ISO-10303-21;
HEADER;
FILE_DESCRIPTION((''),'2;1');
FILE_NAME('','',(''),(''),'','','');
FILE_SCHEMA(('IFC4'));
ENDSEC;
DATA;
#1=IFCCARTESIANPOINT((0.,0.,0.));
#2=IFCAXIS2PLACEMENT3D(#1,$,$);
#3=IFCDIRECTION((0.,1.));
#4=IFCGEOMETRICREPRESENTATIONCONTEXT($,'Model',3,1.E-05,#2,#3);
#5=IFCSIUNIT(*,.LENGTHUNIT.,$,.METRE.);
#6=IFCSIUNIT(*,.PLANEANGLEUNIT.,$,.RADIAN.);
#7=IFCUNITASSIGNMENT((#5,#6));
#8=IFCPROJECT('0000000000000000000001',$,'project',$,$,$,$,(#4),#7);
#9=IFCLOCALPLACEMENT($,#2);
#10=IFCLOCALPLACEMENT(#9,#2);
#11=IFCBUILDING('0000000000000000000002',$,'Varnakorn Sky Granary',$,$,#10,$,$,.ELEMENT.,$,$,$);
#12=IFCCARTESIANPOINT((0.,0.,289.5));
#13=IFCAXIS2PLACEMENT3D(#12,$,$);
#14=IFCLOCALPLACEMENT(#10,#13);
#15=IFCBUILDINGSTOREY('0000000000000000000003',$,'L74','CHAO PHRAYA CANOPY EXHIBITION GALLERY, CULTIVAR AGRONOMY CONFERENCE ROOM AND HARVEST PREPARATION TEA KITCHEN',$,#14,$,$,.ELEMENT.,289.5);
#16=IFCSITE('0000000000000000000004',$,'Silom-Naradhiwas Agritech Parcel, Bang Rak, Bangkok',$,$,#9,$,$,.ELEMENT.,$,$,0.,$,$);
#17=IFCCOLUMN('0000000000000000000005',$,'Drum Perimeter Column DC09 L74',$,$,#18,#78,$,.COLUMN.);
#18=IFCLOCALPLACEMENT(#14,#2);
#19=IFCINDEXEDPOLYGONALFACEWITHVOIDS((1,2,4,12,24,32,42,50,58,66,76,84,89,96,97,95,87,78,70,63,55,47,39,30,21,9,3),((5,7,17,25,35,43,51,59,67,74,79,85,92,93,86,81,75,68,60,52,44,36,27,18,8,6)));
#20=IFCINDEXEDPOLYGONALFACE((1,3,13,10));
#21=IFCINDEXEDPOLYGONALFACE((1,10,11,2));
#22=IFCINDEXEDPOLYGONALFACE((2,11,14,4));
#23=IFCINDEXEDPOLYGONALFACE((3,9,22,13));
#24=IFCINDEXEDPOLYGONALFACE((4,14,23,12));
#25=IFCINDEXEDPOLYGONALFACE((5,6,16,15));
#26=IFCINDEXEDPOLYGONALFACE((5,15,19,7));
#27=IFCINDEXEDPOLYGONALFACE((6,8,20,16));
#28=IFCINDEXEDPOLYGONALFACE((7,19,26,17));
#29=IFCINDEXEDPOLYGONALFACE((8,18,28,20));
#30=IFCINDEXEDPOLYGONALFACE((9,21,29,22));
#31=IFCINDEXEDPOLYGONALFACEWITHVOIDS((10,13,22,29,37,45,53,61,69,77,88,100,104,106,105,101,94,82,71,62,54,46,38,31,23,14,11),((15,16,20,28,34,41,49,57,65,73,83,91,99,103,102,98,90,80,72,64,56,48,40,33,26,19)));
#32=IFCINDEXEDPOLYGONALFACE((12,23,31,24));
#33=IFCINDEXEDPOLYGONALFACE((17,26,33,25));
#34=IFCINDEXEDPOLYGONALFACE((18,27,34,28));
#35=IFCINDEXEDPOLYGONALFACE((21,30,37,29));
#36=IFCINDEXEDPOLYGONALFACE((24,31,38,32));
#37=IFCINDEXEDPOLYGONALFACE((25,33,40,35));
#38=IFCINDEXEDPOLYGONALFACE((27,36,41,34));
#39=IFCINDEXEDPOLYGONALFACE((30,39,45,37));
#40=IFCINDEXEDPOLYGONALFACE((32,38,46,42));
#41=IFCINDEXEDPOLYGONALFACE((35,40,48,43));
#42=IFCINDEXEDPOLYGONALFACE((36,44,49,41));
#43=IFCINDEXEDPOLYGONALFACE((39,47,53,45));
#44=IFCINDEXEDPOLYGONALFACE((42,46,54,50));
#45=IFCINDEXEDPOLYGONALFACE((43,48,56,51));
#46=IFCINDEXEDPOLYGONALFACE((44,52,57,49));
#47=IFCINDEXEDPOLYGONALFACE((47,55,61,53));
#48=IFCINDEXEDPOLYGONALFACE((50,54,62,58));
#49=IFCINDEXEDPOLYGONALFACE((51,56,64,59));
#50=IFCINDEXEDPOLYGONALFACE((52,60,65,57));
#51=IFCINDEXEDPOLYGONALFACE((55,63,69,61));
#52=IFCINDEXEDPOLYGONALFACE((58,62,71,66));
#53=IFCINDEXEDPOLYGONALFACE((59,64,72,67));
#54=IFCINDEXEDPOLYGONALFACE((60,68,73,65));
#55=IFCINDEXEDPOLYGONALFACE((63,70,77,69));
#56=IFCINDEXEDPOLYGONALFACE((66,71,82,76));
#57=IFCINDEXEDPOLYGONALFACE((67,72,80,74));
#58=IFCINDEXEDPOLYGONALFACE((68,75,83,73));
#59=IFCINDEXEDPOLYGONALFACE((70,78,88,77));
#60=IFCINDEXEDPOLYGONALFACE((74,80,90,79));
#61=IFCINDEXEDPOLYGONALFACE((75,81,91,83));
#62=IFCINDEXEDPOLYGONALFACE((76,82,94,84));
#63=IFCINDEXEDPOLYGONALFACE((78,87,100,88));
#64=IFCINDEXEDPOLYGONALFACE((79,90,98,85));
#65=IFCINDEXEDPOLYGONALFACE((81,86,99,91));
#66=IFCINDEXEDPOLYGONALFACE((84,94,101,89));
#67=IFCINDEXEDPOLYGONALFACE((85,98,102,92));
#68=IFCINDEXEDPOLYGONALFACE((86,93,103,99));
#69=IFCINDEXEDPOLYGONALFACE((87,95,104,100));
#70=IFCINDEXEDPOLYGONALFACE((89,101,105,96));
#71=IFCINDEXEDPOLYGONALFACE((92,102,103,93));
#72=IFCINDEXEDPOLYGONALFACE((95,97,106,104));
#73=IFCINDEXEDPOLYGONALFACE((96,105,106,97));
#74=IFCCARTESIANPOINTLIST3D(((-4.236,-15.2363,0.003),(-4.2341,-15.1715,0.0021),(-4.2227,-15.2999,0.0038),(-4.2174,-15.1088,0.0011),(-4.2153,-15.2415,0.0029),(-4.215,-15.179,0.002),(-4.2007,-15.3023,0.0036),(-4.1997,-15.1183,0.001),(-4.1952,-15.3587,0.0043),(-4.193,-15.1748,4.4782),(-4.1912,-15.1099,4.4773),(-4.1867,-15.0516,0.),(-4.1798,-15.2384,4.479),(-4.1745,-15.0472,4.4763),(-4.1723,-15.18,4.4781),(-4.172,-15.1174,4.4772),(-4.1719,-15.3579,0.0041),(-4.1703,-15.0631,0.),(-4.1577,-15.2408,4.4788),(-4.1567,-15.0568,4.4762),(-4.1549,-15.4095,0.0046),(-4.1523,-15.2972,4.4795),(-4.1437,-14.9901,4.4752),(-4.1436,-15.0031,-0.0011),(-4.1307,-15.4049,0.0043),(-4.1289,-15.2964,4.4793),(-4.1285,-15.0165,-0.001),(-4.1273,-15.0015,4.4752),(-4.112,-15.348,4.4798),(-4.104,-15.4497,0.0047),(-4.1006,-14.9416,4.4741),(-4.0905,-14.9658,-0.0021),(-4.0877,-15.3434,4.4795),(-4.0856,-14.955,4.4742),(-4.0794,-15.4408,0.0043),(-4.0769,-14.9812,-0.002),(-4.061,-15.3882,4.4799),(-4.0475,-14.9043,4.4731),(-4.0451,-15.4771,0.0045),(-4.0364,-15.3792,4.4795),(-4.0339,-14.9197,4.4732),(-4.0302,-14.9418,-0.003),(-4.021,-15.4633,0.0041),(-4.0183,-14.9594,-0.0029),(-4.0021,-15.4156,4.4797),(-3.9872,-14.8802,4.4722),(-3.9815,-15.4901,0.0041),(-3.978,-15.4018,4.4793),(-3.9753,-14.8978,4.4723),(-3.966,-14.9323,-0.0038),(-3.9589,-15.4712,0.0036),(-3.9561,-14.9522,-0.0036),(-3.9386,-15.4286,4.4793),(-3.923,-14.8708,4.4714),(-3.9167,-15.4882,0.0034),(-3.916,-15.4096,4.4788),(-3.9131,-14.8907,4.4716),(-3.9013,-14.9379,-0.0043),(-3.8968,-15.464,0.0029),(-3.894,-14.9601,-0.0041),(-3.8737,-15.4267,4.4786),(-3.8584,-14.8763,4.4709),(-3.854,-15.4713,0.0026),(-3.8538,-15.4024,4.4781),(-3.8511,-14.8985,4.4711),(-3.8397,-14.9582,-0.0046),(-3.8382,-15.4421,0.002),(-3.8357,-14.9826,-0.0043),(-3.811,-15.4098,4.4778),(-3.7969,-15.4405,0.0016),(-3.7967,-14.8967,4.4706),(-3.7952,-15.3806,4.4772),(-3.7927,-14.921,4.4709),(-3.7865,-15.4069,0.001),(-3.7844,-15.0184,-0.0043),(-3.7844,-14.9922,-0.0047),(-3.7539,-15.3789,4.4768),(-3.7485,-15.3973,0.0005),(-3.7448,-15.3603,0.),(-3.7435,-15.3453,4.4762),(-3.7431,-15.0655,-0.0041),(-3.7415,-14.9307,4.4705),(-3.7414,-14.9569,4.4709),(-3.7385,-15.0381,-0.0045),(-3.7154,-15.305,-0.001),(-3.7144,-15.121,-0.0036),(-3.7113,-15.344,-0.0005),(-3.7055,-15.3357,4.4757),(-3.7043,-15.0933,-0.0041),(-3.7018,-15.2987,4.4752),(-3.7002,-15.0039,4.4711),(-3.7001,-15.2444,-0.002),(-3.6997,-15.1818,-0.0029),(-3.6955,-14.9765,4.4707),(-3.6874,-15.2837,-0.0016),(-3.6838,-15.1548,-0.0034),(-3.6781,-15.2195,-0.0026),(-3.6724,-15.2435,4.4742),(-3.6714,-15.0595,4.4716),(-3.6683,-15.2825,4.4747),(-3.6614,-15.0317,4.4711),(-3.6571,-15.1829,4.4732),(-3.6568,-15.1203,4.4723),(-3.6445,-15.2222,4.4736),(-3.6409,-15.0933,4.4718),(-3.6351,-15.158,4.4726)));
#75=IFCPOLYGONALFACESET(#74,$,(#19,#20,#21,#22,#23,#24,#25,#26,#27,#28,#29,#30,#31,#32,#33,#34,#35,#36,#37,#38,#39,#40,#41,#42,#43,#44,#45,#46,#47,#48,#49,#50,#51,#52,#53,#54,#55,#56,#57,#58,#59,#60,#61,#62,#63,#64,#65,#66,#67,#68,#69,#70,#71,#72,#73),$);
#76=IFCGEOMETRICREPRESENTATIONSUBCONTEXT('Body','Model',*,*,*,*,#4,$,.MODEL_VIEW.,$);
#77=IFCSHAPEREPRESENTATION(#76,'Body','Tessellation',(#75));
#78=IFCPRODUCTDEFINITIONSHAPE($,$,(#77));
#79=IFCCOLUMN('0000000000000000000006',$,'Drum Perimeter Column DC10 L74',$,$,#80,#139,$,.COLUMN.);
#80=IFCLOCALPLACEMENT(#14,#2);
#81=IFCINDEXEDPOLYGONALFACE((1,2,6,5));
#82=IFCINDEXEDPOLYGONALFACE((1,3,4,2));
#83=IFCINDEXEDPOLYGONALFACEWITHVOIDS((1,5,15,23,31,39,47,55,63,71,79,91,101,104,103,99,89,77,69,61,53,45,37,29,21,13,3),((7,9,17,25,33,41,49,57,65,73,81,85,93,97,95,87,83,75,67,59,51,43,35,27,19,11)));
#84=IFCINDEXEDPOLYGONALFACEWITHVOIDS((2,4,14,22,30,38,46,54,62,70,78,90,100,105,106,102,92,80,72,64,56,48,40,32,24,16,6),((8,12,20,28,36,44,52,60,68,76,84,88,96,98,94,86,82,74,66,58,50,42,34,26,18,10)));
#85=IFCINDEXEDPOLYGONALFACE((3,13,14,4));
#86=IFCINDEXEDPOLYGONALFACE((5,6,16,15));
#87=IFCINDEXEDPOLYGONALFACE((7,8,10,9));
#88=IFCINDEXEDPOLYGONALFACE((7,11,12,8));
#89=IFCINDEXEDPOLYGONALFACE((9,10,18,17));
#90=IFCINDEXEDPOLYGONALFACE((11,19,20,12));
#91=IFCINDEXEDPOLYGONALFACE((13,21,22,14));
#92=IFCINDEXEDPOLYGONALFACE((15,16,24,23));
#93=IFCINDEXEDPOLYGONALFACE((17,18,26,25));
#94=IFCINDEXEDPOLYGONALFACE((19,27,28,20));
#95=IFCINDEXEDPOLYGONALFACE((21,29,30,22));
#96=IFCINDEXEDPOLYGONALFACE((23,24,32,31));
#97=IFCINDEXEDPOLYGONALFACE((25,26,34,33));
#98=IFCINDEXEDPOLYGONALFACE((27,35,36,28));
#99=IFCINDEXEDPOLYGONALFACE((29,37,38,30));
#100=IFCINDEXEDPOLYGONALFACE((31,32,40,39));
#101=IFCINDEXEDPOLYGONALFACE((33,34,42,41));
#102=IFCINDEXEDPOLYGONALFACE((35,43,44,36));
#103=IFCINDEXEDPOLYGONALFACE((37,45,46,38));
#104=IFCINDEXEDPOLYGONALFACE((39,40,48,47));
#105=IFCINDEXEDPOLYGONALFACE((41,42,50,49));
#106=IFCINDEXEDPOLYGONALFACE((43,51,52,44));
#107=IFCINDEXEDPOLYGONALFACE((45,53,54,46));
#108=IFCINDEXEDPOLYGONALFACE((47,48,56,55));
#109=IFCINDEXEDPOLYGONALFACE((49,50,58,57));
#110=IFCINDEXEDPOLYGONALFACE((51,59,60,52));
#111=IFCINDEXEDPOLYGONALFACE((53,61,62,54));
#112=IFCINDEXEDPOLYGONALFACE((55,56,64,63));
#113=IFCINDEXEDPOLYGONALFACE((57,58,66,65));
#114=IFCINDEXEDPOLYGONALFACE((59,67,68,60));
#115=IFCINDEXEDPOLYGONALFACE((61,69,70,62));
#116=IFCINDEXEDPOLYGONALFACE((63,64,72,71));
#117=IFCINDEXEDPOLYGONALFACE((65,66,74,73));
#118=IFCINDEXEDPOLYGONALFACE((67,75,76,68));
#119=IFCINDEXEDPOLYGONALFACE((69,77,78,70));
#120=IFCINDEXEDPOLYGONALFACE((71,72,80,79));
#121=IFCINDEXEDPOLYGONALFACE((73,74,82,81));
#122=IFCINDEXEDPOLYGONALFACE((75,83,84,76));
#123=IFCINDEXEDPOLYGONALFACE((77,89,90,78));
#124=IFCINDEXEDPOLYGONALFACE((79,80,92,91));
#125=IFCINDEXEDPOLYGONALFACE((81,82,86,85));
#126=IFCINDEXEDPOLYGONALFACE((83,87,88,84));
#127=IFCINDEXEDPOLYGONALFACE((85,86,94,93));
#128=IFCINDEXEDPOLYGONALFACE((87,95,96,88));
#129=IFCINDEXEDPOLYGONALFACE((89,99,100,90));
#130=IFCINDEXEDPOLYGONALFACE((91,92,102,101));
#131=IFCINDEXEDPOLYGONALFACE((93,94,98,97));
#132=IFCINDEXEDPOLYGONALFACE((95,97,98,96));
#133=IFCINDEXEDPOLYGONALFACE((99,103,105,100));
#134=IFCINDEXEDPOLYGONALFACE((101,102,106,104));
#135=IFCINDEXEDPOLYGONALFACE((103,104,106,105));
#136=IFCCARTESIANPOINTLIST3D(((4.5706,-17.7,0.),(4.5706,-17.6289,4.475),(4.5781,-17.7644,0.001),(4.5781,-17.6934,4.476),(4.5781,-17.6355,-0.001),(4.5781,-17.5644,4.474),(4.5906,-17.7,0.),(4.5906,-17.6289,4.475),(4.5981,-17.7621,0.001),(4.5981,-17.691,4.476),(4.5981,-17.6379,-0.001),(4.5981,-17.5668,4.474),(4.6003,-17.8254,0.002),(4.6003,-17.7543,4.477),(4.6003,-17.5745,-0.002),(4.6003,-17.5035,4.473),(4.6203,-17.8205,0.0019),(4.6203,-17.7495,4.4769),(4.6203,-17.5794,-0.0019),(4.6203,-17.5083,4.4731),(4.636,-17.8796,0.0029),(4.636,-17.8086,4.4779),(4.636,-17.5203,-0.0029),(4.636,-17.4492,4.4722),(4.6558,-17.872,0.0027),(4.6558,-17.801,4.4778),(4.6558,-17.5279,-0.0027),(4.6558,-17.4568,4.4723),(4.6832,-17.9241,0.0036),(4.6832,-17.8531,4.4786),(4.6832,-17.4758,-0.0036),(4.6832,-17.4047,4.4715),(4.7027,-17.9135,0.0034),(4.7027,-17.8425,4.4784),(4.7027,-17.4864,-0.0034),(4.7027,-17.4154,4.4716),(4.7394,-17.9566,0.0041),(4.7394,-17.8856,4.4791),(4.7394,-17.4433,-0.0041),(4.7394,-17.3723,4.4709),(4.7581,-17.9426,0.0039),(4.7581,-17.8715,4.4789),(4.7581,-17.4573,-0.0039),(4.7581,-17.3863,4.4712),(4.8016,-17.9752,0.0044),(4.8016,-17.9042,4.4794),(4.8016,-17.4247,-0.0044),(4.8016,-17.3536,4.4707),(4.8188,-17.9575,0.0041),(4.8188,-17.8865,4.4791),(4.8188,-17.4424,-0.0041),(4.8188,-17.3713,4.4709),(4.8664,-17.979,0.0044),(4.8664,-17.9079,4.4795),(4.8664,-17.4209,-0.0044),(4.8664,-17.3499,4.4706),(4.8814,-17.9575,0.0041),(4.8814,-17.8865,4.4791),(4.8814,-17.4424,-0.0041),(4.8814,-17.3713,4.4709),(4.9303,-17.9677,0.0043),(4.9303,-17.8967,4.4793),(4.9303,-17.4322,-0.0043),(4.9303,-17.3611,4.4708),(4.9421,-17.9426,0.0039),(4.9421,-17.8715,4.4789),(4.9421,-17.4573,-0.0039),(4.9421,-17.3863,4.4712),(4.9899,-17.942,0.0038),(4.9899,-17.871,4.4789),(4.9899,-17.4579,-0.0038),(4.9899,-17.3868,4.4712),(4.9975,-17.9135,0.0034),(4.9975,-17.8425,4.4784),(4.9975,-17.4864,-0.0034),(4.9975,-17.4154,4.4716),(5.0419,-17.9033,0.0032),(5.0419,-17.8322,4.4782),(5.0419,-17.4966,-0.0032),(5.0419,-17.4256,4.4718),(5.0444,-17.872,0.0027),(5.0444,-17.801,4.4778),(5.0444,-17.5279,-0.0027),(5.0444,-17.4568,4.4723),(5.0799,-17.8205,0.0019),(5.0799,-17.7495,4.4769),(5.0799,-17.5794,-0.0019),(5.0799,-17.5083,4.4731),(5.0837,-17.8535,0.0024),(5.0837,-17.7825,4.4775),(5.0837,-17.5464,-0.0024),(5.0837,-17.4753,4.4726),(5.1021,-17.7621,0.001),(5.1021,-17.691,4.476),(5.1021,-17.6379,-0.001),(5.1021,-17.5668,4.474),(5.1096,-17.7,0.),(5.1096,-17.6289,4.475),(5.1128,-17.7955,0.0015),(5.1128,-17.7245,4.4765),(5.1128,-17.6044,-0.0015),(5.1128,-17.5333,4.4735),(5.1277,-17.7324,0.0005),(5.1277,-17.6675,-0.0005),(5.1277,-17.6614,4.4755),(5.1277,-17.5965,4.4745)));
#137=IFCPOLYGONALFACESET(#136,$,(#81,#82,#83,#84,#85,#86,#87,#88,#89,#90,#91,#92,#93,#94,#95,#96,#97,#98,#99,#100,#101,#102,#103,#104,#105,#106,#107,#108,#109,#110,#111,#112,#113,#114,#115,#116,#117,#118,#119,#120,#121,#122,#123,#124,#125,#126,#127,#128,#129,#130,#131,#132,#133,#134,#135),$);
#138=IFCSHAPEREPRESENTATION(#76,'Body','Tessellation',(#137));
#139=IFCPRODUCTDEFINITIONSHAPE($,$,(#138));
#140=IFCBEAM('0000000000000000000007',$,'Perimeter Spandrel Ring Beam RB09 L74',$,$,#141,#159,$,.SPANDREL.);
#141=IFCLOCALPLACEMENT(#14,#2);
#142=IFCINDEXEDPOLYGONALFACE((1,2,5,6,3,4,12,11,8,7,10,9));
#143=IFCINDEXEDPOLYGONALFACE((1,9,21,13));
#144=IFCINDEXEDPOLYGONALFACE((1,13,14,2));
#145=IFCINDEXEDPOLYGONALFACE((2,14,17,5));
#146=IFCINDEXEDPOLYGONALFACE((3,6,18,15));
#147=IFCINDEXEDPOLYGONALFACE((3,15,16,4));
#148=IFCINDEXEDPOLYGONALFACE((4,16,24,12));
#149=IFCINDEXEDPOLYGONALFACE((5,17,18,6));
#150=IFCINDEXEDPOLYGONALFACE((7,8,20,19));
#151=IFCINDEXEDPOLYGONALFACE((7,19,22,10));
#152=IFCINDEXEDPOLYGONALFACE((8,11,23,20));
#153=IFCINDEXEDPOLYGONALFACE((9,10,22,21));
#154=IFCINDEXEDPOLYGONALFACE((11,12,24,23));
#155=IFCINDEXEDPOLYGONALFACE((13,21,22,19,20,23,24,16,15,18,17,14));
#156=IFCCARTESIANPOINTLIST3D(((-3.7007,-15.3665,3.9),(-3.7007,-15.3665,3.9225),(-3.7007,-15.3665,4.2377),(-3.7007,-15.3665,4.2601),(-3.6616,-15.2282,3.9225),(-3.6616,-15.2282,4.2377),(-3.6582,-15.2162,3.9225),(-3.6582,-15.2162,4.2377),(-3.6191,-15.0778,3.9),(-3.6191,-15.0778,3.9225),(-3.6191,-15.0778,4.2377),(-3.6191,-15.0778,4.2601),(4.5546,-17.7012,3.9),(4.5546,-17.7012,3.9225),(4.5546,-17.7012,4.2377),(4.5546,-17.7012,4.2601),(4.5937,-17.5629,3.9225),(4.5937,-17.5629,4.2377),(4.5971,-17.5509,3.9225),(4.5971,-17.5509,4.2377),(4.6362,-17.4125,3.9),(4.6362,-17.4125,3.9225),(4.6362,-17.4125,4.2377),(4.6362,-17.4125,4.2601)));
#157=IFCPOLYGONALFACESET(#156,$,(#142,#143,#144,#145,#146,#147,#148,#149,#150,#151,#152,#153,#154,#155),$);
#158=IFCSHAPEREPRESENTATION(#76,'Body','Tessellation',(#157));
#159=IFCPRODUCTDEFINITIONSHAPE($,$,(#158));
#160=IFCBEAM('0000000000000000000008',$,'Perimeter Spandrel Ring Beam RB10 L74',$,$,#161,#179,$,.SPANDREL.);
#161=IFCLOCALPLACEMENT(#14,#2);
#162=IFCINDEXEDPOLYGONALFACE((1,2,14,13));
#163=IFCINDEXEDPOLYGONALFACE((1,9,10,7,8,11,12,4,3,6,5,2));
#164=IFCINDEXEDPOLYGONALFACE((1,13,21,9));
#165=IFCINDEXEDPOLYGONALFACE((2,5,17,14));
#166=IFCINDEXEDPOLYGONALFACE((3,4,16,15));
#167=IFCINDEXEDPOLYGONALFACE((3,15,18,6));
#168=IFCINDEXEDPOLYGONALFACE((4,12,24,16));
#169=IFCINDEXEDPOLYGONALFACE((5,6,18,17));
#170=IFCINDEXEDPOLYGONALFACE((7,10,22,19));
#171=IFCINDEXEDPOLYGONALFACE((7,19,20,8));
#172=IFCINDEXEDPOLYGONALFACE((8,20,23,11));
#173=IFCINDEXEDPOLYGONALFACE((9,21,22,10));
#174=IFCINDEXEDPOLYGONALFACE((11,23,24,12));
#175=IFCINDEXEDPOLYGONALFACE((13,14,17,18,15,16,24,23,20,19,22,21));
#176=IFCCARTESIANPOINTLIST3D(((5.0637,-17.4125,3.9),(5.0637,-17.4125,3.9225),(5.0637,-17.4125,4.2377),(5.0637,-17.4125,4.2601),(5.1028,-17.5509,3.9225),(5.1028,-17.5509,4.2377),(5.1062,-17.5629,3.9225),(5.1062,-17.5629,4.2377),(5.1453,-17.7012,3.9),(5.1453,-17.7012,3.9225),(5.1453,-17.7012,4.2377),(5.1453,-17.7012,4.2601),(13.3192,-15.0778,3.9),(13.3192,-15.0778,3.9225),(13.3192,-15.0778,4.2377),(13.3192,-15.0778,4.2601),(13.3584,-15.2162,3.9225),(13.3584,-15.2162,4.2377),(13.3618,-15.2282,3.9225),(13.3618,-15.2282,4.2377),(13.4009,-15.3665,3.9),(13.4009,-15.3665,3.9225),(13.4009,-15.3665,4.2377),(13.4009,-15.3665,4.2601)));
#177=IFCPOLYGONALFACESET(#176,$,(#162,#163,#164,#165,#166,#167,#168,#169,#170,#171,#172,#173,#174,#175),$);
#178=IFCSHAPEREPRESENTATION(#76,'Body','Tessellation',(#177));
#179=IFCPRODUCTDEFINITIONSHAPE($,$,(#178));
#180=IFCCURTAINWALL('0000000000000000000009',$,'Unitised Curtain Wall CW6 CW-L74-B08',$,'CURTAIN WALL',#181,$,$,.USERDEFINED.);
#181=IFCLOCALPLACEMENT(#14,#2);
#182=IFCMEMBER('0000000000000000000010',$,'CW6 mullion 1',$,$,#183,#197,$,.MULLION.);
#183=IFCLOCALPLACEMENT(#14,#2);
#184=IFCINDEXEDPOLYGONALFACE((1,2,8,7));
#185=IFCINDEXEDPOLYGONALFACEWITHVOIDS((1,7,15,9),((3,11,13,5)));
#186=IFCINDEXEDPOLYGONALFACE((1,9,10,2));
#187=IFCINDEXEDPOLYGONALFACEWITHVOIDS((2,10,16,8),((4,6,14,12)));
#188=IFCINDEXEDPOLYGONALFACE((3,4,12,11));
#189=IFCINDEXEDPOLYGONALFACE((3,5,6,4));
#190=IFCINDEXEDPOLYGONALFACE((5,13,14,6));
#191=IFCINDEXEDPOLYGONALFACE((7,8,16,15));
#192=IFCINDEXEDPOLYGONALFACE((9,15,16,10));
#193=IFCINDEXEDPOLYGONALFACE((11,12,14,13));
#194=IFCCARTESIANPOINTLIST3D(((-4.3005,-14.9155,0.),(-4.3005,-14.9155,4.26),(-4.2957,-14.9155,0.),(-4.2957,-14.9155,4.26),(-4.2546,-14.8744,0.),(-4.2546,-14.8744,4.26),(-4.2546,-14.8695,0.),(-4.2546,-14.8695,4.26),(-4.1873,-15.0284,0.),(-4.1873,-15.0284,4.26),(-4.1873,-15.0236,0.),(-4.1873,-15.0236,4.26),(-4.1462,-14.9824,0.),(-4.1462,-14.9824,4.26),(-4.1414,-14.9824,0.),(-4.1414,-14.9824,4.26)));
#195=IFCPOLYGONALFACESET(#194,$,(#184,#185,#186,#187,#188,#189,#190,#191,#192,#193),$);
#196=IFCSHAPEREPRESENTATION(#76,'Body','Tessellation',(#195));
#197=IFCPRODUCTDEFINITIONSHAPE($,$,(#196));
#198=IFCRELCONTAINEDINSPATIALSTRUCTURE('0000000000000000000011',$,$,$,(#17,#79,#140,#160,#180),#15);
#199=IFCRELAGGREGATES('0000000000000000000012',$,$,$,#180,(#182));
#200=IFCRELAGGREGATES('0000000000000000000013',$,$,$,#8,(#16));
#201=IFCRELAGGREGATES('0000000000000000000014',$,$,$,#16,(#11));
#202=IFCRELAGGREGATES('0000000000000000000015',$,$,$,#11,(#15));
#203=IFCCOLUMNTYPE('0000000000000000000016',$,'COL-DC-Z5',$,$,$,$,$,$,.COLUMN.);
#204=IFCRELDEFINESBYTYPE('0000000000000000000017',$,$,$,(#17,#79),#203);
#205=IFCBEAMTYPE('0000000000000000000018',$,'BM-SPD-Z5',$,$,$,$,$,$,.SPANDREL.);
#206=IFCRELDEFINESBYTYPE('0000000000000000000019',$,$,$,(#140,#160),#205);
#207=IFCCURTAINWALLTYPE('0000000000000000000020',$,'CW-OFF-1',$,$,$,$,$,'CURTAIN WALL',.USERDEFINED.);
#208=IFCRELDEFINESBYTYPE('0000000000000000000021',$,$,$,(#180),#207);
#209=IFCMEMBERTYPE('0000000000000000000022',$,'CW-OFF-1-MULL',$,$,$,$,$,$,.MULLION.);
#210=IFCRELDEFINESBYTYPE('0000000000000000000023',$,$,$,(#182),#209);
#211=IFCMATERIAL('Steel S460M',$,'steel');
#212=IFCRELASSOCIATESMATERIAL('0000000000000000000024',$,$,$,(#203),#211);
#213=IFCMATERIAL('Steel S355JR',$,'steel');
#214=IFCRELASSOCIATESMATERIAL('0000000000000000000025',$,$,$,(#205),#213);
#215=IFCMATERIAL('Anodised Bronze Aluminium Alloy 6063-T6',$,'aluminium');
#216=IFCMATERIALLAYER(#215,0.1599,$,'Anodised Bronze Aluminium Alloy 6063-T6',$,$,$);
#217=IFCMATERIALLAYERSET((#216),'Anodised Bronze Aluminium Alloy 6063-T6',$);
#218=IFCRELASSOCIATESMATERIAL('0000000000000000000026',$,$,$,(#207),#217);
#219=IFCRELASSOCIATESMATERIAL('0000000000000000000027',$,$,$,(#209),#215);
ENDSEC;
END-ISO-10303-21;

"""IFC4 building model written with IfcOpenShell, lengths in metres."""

from ifc_helpers import new_model, si_unit, direction, frame, origin, origin_2d, place, context, subcontext, project, spatial, hollow_rectangle, hollow_circle, i_section, extrude, material, layer, layer_set, material_profile, profile_set, type_object, element, aggregate, save


model = new_model("IFC4")

# Units and contexts
model_context = context("Model", 3, precision=1e-05, world=origin(), true_north=direction((0.0, 1.0)))
body_context = subcontext(model_context, "Body", "Model", "MODEL_VIEW")
ifc_project = project(units=[si_unit("LENGTHUNIT", "METRE"), si_unit("PLANEANGLEUNIT", "RADIAN")], contexts=[model_context])

# Site, building, storey
site_placement = place(None, origin())
site = spatial("IfcSite", under=ifc_project, at=site_placement, Name="Silom-Naradhiwas Agritech Parcel, Bang Rak, Bangkok", CompositionType="ELEMENT", RefElevation=0.0)
building_placement = place(site_placement, origin())
building = spatial("IfcBuilding", under=site, at=building_placement, Name="Varnakorn Sky Granary", CompositionType="ELEMENT")
storey_placement = place(building_placement, frame((0.0, 0.0, 289.5)))
storey = spatial("IfcBuildingStorey", under=building, at=storey_placement, Name="L74", Description="CHAO PHRAYA CANOPY EXHIBITION GALLERY, CULTIVAR AGRONOMY CONFERENCE ROOM AND HARVEST PREPARATION TEA KITCHEN", CompositionType="ELEMENT", Elevation=289.5)

# Columns
ifc_material_1 = material(Name="Steel S460M", Category="steel")
ifc_material_profile_1 = material_profile(ifc_material_1, hollow_circle(Radius=0.2795, WallThickness=0.02, at=origin_2d()), Name="CHS 559x20")
ifc_profile_set_1 = profile_set([ifc_material_profile_1], Name="Steel S460M")
column_type = type_object("IfcColumnType", Name="COL-DC-Z5", PredefinedType="COLUMN", material=ifc_profile_set_1)
column_1_placement = place(storey_placement, frame((-3.9575, -15.2117, 0.0), z_axis=(0.0096, 0.013746, 0.999859), x_axis=(-0.819843, 0.572589, 0.0)))
element("IfcColumn", 1, at=column_1_placement, inside=storey, type_object=column_type, Name="Drum Perimeter Column DC09 L74", PredefinedType="COLUMN", context=body_context, shape_type="SweptSolid", body=[
    extrude(hollow_circle(Radius=0.2795, WallThickness=0.02, at=origin_2d()), origin(), (0.0, 0.0, 1.0), 4.4758),
])
column_2_placement = place(storey_placement, frame((4.8501, -17.7, 0.0), z_axis=(0.0, 0.015874, 0.999874), x_axis=(-1.0, 0.0, 0.0)))
element("IfcColumn", 2, at=column_2_placement, inside=storey, type_object=column_type, Name="Drum Perimeter Column DC10 L74", PredefinedType="COLUMN", context=body_context, shape_type="SweptSolid", body=[
    extrude(hollow_circle(Radius=0.2795, WallThickness=0.02, at=origin_2d()), origin(), (0.0, 0.0, 1.0), 4.4756),
])

# Beams
ifc_material_2 = material(Name="Steel S355JR", Category="steel")
ifc_material_profile_2 = material_profile(ifc_material_2, i_section(OverallWidth=0.3, OverallDepth=0.3601, WebThickness=0.0125, FlangeThickness=0.0225, at=origin_2d()), Name="HE 360 B")
ifc_profile_set_2 = profile_set([ifc_material_profile_2], Name="Steel S355JR")
beam_type = type_object("IfcBeamType", Name="BM-SPD-Z5", PredefinedType="SPANDREL", material=ifc_profile_set_2)
beam_1_placement = place(storey_placement, frame((-3.6599, -15.2222, 4.0801), z_axis=(0.962258, -0.272138, 0.0), x_axis=(0.272138, 0.962258, 0.0)))
element("IfcBeam", 3, at=beam_1_placement, inside=storey, type_object=beam_type, Name="Perimeter Spandrel Ring Beam RB09 L74", PredefinedType="SPANDREL", context=body_context, shape_type="SweptSolid", body=[
    extrude(i_section(OverallWidth=0.3, OverallDepth=0.3601, WebThickness=0.0125, FlangeThickness=0.0225, at=origin_2d()), origin(), (0.0, 0.0, 1.0), 8.5791),
])
beam_2_placement = place(storey_placement, frame((5.1045, -17.5569, 4.0801), z_axis=(0.96226, 0.272131, 0.0), x_axis=(-0.272131, 0.96226, 0.0)))
element("IfcBeam", 4, at=beam_2_placement, inside=storey, type_object=beam_type, Name="Perimeter Spandrel Ring Beam RB10 L74", PredefinedType="SPANDREL", context=body_context, shape_type="SweptSolid", body=[
    extrude(i_section(OverallWidth=0.3, OverallDepth=0.3601, WebThickness=0.0125, FlangeThickness=0.0225, at=origin_2d()), origin(), (0.0, 0.0, 1.0), 8.5793),
])

# Curtain wall, member
ifc_material_3 = material(Name="Anodised Bronze Aluminium Alloy 6063-T6", Category="aluminium")
ifc_layer_1 = layer(ifc_material_3, 0.1599, Name="Anodised Bronze Aluminium Alloy 6063-T6")
ifc_layer_set_1 = layer_set([ifc_layer_1], Name="Anodised Bronze Aluminium Alloy 6063-T6")
curtain_wall_type = type_object("IfcCurtainWallType", Name="CW-OFF-1", ElementType="CURTAIN WALL", PredefinedType="USERDEFINED", material=ifc_layer_set_1)
curtain_wall_1_placement = place(storey_placement, origin())
curtain_wall_1 = element("IfcCurtainWall", 5, at=curtain_wall_1_placement, inside=storey, type_object=curtain_wall_type, Name="Unitised Curtain Wall CW6 CW-L74-B08", ObjectType="CURTAIN WALL", PredefinedType="USERDEFINED")
ifc_material_profile_3 = material_profile(ifc_material_3, hollow_rectangle(XDim=0.0649, YDim=0.1599, WallThickness=0.0034, at=origin_2d()), Name="ALU MULL 65x160")
ifc_profile_set_3 = profile_set([ifc_material_profile_3], Name="Anodised Bronze Aluminium Alloy 6063-T6")
member_type_1 = type_object("IfcMemberType", Name="CW-OFF-1-MULL", PredefinedType="MULLION", material=ifc_profile_set_3)
member_1_placement = place(storey_placement, frame((-4.2209, -14.949, 0.0), z_axis=(0.0, 0.0, 1.0), x_axis=(-0.706103, -0.708109, 0.0)))
member_1 = element("IfcMember", 6, at=member_1_placement, type_object=member_type_1, Name="CW6 mullion 1", PredefinedType="MULLION", context=body_context, shape_type="SweptSolid", body=[
    extrude(hollow_rectangle(XDim=0.0649, YDim=0.1599, WallThickness=0.0034, at=origin_2d()), origin(), (0.0, 0.0, 1.0), 4.26),
])

aggregate(curtain_wall_1, [member_1])

save(model, "model.ifc")
